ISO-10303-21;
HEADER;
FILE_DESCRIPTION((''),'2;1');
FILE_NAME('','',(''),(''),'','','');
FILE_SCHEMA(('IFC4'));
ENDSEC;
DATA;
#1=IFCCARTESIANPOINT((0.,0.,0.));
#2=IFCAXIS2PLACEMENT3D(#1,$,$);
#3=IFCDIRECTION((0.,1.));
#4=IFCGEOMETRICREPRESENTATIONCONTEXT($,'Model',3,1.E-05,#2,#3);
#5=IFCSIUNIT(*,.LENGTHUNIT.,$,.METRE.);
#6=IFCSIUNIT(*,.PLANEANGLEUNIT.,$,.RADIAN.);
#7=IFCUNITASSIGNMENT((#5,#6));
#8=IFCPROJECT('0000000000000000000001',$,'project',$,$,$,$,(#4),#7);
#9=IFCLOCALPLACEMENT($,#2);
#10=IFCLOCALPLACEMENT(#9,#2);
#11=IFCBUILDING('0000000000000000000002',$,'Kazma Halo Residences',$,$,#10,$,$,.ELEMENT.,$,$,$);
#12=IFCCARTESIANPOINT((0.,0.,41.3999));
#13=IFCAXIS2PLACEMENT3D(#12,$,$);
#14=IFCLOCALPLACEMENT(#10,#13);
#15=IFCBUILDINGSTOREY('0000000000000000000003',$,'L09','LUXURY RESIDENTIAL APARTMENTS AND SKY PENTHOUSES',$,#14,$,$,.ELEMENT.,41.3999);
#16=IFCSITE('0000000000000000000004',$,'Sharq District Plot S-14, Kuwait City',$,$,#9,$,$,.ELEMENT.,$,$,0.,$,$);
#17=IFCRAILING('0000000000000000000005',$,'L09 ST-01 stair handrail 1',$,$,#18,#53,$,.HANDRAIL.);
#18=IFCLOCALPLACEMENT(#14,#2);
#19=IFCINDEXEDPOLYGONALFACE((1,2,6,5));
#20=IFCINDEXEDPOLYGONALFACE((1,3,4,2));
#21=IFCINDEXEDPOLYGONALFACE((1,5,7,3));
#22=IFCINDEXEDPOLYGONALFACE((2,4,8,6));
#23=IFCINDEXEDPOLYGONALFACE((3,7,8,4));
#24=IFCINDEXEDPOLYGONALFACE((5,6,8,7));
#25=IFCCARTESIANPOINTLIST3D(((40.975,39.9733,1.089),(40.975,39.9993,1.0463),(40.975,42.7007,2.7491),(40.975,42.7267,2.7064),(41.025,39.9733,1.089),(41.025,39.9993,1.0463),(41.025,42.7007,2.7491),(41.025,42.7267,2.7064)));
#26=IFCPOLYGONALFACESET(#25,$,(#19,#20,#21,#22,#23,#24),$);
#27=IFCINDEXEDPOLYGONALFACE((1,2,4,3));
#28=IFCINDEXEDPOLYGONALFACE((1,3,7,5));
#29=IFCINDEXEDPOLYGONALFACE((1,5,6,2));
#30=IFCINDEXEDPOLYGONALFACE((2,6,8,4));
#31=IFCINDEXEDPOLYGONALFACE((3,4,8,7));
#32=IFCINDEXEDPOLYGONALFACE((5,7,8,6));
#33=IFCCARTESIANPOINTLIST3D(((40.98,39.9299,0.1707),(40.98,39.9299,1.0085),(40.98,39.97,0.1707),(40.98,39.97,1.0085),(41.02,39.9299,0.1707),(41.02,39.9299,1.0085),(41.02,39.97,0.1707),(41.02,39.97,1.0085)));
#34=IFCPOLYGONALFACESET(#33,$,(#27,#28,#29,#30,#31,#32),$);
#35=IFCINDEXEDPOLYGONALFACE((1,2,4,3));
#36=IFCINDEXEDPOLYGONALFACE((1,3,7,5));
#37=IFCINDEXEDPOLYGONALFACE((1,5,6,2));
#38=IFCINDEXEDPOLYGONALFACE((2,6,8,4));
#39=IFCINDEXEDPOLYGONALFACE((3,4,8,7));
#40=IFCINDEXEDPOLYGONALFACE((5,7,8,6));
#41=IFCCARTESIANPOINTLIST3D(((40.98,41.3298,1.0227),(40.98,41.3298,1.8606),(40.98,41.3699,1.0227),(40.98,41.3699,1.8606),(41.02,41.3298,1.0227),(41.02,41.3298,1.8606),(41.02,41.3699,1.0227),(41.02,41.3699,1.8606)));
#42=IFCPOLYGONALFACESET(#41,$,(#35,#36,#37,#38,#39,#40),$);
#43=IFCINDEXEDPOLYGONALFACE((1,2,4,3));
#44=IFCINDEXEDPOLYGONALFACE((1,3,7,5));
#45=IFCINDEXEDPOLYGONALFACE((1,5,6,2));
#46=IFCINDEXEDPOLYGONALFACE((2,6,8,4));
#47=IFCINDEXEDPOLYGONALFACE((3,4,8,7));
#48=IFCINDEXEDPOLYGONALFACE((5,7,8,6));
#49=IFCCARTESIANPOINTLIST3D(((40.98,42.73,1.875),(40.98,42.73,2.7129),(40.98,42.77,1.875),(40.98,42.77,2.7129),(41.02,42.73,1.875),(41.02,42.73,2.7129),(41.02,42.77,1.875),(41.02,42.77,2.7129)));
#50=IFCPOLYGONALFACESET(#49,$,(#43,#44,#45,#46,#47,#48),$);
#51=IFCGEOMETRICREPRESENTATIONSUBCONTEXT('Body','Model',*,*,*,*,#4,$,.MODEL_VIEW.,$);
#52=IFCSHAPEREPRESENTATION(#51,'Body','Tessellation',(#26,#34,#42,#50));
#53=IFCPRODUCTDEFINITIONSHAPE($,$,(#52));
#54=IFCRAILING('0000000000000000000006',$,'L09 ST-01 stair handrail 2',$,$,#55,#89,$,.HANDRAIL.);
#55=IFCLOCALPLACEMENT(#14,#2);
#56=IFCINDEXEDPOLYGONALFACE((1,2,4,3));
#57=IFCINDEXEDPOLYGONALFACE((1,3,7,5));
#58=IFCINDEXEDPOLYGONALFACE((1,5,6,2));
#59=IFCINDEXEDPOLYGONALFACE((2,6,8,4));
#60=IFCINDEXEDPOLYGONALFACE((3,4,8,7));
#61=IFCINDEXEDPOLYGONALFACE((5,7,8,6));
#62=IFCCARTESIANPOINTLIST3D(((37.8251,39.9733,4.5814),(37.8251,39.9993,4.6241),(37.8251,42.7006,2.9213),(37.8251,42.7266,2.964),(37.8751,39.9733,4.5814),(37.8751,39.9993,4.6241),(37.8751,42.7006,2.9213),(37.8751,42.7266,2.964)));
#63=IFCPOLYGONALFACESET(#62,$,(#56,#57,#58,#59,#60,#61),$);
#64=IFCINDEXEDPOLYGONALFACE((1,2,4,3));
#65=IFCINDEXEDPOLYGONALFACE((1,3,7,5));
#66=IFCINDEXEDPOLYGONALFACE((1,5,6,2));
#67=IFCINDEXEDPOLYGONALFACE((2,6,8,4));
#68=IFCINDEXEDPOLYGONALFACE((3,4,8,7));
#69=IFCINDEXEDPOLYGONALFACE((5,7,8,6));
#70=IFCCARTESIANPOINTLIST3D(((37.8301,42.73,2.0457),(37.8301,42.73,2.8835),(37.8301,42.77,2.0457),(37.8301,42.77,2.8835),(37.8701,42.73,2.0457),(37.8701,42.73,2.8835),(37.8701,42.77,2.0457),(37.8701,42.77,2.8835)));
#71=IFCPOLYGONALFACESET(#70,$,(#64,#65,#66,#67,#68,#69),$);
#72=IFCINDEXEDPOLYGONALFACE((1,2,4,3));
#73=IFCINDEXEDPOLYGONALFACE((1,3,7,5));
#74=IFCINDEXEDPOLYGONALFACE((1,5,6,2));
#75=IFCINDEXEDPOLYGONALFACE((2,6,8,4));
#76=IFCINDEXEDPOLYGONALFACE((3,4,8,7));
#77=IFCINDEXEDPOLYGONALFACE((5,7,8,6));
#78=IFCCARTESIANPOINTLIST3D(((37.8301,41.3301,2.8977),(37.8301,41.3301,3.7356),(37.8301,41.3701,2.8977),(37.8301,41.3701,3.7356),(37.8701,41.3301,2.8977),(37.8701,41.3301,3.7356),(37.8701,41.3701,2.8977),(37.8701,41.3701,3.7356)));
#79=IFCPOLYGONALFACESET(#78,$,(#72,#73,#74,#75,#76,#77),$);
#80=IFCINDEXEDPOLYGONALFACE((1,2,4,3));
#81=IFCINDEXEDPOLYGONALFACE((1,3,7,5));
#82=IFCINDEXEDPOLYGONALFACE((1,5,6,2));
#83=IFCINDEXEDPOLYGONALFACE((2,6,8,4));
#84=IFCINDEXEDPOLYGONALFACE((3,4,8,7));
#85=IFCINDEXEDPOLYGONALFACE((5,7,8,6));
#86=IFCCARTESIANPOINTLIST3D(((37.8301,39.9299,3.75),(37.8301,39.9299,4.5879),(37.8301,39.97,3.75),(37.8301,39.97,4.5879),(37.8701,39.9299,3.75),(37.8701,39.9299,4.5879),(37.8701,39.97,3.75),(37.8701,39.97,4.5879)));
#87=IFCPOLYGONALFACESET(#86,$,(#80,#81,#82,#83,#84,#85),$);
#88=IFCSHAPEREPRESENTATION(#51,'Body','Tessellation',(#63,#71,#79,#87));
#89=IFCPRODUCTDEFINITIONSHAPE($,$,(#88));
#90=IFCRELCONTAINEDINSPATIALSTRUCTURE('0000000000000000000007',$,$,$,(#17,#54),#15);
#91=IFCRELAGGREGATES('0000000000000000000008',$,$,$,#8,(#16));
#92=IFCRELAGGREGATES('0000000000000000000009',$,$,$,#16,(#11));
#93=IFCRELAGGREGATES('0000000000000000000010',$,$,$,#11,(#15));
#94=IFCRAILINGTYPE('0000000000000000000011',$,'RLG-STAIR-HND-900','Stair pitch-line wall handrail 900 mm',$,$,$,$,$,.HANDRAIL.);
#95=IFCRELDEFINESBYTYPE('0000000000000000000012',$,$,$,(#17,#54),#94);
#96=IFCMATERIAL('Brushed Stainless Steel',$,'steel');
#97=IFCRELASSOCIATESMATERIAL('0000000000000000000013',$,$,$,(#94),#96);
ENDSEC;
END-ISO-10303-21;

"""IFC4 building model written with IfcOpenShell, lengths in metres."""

from ifc_helpers import new_model, si_unit, direction, frame, origin, origin_2d, place, context, subcontext, project, spatial, rectangle, extrude, material, type_object, element, save


model = new_model("IFC4")

# Units and contexts
model_context = context("Model", 3, precision=1e-05, world=origin(), true_north=direction((0.0, 1.0)))
body_context = subcontext(model_context, "Body", "Model", "MODEL_VIEW")
ifc_project = project(units=[si_unit("LENGTHUNIT", "METRE"), si_unit("PLANEANGLEUNIT", "RADIAN")], contexts=[model_context])

# Site, building, storey
site_placement = place(None, origin())
site = spatial("IfcSite", under=ifc_project, at=site_placement, Name="Sharq District Plot S-14, Kuwait City", CompositionType="ELEMENT", RefElevation=0.0)
building_placement = place(site_placement, origin())
building = spatial("IfcBuilding", under=site, at=building_placement, Name="Kazma Halo Residences", CompositionType="ELEMENT")
storey_placement = place(building_placement, frame((0.0, 0.0, 41.3999)))
storey = spatial("IfcBuildingStorey", under=building, at=storey_placement, Name="L09", Description="LUXURY RESIDENTIAL APARTMENTS AND SKY PENTHOUSES", CompositionType="ELEMENT", Elevation=41.3999)

# Railings
ifc_material_1 = material(Name="Brushed Stainless Steel", Category="steel")
railing_type_1 = type_object("IfcRailingType", Name="RLG-STAIR-HND-900", Description="Stair pitch-line wall handrail 900 mm", PredefinedType="HANDRAIL", material=ifc_material_1)
railing_1_placement = place(storey_placement, frame((41.0, 39.95, 0.1707)))
element("IfcRailing", 1, at=railing_1_placement, inside=storey, type_object=railing_type_1, Name="L09 ST-01 stair handrail 1", PredefinedType="HANDRAIL", context=body_context, shape_type="SweptSolid", body=[
    extrude(rectangle(XDim=0.05, YDim=0.05, at=origin_2d()), frame((0.0, 0.0364, 0.897), z_axis=(0.0, 0.854203, 0.51994), x_axis=(-1.0, 0.0, 0.0)), (0.0, 0.0, 1.0), 3.1929),
    extrude(rectangle(XDim=0.04, YDim=0.04, at=origin_2d()), origin(), (0.0, 0.0, 1.0), 0.8379),
    extrude(rectangle(XDim=0.04, YDim=0.04, at=origin_2d()), frame((0.0, 1.3999, 0.8521)), (0.0, 0.0, 1.0), 0.8379),
    extrude(rectangle(XDim=0.04, YDim=0.04, at=origin_2d()), frame((0.0, 2.8, 1.7043)), (0.0, 0.0, 1.0), 0.8379),
])
railing_2_placement = place(storey_placement, frame((37.8501, 42.75, 2.0457)))
element("IfcRailing", 2, at=railing_2_placement, inside=storey, type_object=railing_type_1, Name="L09 ST-01 stair handrail 2", PredefinedType="HANDRAIL", context=body_context, shape_type="SweptSolid", body=[
    extrude(rectangle(XDim=0.05, YDim=0.05, at=origin_2d()), frame((0.0, -0.0364, 0.897), z_axis=(0.0, -0.854203, 0.51994), x_axis=(1.0, 0.0, 0.0)), (0.0, 0.0, 1.0), 3.1929),
    extrude(rectangle(XDim=0.04, YDim=0.04, at=origin_2d()), origin(), (0.0, 0.0, 1.0), 0.8379),
    extrude(rectangle(XDim=0.04, YDim=0.04, at=origin_2d()), frame((0.0, -1.3999, 0.8521)), (0.0, 0.0, 1.0), 0.8379),
    extrude(rectangle(XDim=0.04, YDim=0.04, at=origin_2d()), frame((0.0, -2.8, 1.7043)), (0.0, 0.0, 1.0), 0.8379),
])

save(model, "model.ifc")
